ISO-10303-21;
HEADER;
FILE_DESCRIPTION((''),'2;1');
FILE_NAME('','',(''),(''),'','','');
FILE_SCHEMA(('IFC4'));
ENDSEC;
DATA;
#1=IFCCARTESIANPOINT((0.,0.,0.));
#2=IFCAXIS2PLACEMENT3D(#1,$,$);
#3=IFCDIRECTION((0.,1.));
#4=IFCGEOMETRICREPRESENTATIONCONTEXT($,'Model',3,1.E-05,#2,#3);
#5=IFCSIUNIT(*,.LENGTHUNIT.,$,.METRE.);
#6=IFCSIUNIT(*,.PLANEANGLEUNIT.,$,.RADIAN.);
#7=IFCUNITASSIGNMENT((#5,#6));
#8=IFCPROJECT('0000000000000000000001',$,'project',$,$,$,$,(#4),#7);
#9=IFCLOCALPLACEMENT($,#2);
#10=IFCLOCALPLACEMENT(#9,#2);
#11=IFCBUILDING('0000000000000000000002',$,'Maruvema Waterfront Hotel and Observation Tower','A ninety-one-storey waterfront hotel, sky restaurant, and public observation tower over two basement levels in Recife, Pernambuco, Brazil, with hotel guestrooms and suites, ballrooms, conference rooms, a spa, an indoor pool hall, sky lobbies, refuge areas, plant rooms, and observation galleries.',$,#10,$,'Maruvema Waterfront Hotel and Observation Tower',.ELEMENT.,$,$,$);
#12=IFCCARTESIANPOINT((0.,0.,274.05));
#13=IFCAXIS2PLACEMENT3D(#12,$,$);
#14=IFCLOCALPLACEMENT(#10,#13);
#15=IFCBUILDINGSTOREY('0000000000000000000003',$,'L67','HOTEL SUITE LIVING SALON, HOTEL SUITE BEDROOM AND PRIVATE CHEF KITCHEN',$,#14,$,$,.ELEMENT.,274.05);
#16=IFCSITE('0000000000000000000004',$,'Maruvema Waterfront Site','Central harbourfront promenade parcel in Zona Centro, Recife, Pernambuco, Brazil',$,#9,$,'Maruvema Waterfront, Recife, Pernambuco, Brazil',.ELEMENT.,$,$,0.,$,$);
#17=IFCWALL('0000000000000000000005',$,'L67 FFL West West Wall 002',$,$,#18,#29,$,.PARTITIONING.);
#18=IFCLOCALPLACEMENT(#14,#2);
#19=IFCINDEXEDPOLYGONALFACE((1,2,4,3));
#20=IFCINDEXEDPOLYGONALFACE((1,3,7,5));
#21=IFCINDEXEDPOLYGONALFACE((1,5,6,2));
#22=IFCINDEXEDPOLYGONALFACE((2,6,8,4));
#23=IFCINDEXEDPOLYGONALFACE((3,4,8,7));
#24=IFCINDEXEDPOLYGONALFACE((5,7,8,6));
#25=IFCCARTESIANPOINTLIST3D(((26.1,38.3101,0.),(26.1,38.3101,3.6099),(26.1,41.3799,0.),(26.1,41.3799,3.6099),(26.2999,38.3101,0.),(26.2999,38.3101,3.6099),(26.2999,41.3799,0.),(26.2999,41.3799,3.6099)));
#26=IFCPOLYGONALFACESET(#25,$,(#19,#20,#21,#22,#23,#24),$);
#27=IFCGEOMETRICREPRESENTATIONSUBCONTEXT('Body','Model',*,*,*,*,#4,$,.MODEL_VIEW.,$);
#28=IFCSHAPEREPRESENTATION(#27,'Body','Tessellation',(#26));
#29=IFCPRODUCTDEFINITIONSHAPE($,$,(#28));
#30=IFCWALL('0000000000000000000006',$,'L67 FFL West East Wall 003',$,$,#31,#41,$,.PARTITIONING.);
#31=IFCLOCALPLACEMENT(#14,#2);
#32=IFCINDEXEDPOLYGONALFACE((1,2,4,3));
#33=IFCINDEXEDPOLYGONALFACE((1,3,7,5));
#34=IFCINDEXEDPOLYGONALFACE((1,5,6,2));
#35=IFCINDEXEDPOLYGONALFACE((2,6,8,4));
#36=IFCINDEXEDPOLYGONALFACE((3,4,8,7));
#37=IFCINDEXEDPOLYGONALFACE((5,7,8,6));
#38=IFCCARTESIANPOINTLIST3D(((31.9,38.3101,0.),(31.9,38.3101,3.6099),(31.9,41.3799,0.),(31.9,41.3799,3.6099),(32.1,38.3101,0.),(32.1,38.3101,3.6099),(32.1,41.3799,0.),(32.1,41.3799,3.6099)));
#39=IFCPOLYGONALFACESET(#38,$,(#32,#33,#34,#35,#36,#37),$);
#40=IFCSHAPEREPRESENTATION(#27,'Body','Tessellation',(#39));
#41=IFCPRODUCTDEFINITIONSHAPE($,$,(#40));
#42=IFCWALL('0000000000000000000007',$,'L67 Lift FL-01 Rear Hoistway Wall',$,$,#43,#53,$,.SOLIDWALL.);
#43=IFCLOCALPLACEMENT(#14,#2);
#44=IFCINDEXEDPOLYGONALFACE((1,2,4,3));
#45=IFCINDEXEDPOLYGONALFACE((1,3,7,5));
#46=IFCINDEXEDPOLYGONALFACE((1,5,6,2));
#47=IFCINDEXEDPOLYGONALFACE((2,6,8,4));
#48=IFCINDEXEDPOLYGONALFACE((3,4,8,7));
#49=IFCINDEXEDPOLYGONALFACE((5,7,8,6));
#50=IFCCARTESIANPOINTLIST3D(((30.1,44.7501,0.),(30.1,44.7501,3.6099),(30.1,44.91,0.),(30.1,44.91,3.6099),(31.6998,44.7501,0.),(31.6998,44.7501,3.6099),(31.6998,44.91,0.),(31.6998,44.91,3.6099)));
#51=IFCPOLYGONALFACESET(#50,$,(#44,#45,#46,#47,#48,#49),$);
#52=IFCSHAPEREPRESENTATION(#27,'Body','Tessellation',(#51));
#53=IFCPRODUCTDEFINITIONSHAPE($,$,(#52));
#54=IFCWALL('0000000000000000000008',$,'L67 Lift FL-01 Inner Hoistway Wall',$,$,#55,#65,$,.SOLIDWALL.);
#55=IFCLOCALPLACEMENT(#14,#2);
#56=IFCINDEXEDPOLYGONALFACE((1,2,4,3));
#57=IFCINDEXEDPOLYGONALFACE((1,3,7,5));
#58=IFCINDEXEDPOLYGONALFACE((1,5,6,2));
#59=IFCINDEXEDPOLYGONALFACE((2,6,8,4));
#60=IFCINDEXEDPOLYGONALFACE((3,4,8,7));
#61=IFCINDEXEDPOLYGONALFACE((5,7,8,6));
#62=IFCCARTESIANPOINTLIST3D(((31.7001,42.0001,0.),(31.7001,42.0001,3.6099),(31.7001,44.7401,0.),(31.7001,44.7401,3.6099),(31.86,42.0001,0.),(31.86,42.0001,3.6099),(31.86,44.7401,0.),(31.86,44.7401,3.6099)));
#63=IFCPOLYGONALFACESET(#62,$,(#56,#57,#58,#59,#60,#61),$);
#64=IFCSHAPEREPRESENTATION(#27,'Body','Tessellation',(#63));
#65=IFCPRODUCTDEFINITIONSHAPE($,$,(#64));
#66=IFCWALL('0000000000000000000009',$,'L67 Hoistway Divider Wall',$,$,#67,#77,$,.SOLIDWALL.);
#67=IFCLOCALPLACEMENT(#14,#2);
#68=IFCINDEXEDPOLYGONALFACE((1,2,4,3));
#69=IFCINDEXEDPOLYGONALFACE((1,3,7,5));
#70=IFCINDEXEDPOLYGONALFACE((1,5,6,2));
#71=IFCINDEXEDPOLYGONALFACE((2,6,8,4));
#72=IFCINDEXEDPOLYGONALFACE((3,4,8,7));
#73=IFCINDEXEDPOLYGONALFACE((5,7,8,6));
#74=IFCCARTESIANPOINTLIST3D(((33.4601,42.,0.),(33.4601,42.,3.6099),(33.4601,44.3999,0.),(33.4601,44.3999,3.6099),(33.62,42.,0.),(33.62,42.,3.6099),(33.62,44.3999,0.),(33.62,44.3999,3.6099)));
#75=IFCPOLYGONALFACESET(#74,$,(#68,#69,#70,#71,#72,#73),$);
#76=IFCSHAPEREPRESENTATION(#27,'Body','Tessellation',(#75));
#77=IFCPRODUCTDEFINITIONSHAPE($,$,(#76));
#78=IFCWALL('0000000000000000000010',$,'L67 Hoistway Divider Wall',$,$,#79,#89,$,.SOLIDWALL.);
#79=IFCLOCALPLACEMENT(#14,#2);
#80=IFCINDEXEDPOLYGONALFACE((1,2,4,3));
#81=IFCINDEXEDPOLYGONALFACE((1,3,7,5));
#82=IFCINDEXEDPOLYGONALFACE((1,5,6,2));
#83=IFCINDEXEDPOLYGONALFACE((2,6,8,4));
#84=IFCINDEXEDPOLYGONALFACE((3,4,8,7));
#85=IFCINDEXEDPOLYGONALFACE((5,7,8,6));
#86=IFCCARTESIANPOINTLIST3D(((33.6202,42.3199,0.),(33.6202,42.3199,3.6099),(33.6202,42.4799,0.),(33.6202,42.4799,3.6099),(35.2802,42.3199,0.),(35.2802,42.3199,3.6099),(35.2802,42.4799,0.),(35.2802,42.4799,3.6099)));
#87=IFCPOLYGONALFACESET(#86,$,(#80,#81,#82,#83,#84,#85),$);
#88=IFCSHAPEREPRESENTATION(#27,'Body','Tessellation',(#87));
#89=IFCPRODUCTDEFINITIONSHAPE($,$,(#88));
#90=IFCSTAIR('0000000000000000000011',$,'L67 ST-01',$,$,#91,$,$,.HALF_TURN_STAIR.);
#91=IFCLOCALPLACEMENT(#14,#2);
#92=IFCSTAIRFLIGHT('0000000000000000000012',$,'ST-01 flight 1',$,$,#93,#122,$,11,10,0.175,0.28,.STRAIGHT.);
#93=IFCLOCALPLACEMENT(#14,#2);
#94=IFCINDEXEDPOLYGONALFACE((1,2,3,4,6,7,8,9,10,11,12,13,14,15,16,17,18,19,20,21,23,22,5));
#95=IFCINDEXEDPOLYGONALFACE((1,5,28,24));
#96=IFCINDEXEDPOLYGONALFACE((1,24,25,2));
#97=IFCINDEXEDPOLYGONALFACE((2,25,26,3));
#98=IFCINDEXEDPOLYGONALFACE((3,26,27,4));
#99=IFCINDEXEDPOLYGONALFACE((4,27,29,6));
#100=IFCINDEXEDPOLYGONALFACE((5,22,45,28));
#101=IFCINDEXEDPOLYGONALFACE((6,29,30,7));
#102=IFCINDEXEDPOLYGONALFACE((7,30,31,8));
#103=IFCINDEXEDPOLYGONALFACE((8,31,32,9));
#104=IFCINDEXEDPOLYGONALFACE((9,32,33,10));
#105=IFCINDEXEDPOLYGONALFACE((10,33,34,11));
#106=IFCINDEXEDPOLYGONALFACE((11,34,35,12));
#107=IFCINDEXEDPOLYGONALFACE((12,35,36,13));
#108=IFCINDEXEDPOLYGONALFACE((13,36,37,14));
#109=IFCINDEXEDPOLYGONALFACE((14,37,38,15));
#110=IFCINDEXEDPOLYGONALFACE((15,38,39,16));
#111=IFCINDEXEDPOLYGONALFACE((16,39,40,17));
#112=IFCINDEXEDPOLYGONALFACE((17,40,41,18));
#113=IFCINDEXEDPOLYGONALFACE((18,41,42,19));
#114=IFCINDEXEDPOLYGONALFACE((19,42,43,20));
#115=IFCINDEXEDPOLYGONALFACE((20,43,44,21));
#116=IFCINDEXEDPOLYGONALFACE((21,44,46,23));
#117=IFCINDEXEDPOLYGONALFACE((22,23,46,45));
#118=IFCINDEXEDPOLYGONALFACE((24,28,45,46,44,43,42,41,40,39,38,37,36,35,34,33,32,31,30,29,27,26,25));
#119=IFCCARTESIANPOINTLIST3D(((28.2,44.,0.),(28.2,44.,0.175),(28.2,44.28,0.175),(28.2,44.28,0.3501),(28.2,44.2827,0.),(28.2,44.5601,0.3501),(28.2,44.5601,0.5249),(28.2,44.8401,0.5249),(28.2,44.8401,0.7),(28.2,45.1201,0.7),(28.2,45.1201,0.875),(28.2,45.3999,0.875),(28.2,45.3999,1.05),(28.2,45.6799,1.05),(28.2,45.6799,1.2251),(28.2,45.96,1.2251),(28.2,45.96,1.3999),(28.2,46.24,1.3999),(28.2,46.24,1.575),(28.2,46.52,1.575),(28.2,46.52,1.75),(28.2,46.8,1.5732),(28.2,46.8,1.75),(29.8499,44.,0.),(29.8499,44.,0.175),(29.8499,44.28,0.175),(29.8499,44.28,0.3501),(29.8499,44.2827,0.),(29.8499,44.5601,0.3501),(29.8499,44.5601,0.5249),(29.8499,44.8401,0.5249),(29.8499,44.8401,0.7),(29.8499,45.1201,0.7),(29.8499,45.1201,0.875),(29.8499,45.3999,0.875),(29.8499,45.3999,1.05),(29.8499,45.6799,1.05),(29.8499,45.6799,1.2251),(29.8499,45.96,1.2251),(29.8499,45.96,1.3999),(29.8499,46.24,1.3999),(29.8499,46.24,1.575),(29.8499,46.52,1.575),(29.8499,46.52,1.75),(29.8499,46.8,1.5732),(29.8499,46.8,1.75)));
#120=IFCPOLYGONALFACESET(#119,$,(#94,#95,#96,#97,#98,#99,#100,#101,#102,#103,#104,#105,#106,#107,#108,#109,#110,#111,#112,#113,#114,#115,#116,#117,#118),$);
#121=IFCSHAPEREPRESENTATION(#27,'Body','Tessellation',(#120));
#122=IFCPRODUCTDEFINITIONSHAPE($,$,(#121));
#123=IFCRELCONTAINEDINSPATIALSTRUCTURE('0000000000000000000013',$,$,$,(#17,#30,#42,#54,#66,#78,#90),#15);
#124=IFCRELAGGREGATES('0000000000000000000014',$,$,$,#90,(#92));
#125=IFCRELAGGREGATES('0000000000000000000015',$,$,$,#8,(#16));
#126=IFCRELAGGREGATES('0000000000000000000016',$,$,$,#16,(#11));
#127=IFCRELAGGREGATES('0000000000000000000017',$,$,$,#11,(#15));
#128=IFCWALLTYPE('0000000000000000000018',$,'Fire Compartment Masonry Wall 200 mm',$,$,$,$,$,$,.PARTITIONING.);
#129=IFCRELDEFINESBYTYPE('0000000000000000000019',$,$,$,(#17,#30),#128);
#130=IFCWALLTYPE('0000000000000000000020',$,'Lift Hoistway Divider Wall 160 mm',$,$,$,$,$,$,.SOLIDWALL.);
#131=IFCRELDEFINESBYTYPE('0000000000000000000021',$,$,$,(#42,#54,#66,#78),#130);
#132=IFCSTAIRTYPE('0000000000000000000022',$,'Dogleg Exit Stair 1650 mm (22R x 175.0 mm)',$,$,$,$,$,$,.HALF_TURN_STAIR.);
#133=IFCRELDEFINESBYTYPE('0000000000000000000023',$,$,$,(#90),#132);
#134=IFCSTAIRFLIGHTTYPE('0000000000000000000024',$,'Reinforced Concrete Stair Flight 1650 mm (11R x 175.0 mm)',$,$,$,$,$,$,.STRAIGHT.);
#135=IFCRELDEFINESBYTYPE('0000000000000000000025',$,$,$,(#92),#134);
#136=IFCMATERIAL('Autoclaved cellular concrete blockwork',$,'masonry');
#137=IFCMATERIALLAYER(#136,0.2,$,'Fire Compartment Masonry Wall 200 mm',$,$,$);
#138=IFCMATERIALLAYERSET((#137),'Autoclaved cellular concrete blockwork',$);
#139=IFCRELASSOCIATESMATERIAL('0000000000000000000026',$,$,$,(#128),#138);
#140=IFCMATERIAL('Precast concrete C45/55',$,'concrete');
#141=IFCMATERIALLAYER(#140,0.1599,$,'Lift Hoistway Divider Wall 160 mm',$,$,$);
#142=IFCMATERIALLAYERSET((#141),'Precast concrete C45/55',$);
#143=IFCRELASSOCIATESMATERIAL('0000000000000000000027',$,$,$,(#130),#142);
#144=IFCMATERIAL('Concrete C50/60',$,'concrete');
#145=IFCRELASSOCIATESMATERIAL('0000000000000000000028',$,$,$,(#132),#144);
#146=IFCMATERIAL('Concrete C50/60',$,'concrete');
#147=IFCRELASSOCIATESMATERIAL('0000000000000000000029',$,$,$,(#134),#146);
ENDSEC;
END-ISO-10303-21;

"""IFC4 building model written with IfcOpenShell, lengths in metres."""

from ifc_helpers import new_model, si_unit, direction, frame, frame_2d, origin, place, context, subcontext, project, spatial, polyline, rectangle, outline, extrude, material, layer, layer_set, type_object, element, aggregate, save


model = new_model("IFC4")

# Units and contexts
model_context = context("Model", 3, precision=1e-05, world=origin(), true_north=direction((0.0, 1.0)))
body_context = subcontext(model_context, "Body", "Model", "MODEL_VIEW")
ifc_project = project(units=[si_unit("LENGTHUNIT", "METRE"), si_unit("PLANEANGLEUNIT", "RADIAN")], contexts=[model_context])

# Site, building, storey
site_placement = place(None, origin())
site = spatial("IfcSite", under=ifc_project, at=site_placement, Name="Maruvema Waterfront Site", Description="Central harbourfront promenade parcel in Zona Centro, Recife, Pernambuco, Brazil", LongName="Maruvema Waterfront, Recife, Pernambuco, Brazil", CompositionType="ELEMENT", RefElevation=0.0)
building_placement = place(site_placement, origin())
building = spatial("IfcBuilding", under=site, at=building_placement, Name="Maruvema Waterfront Hotel and Observation Tower", Description="A ninety-one-storey waterfront hotel, sky restaurant, and public observation tower over two basement levels in Recife, Pernambuco, Brazil, with hotel guestrooms and suites, ballrooms, conference rooms, a spa, an indoor pool hall, sky lobbies, refuge areas, plant rooms, and observation galleries.", LongName="Maruvema Waterfront Hotel and Observation Tower", CompositionType="ELEMENT")
storey_placement = place(building_placement, frame((0.0, 0.0, 274.05)))
storey = spatial("IfcBuildingStorey", under=building, at=storey_placement, Name="L67", Description="HOTEL SUITE LIVING SALON, HOTEL SUITE BEDROOM AND PRIVATE CHEF KITCHEN", CompositionType="ELEMENT", Elevation=274.05)

# Shared definitions
ifc_material_1 = material(Name="Autoclaved cellular concrete blockwork", Category="masonry")
ifc_layer_1 = layer(ifc_material_1, 0.2, Name="Fire Compartment Masonry Wall 200 mm")
ifc_layer_set_1 = layer_set([ifc_layer_1], Name="Autoclaved cellular concrete blockwork")
wall_type_1 = type_object("IfcWallType", Name="Fire Compartment Masonry Wall 200 mm", PredefinedType="PARTITIONING", material=ifc_layer_set_1)

# Walls
for number, where, z_axis, x_axis, name in (
    (1, (26.2, 38.3101, 0.0), (0.0, 0.0, 1.0), (0.0, 1.0, 0.0), "L67 FFL West West Wall 002"),
    (2, (32.0, 38.3101, 0.0), (0.0, 0.0, 1.0), (0.0, 1.0, 0.0), "L67 FFL West East Wall 003"),
):
    element("IfcWall", number, at=place(storey_placement, frame(where, z_axis=z_axis, x_axis=x_axis)), inside=storey, type_object=wall_type_1, Name=name, PredefinedType="PARTITIONING", context=body_context, shape_type="SweptSolid", body=[
        extrude(rectangle(XDim=3.0698, YDim=0.2, at=frame_2d((1.5349, 0.0))), origin(), (0.0, 0.0, 1.0), 3.6099),
    ])
ifc_material_2 = material(Name="Precast concrete C45/55", Category="concrete")
ifc_layer_2 = layer(ifc_material_2, 0.1599, Name="Lift Hoistway Divider Wall 160 mm")
ifc_layer_set_2 = layer_set([ifc_layer_2], Name="Precast concrete C45/55")
wall_type_2 = type_object("IfcWallType", Name="Lift Hoistway Divider Wall 160 mm", PredefinedType="SOLIDWALL", material=ifc_layer_set_2)
wall_1_placement = place(storey_placement, frame((30.1001, 44.8301, 0.0), z_axis=(0.0, 0.0, 1.0), x_axis=(1.0, 0.0, 0.0)))
element("IfcWall", 3, at=wall_1_placement, inside=storey, type_object=wall_type_2, Name="L67 Lift FL-01 Rear Hoistway Wall", PredefinedType="SOLIDWALL", context=body_context, shape_type="SweptSolid", body=[
    extrude(rectangle(XDim=1.5999, YDim=0.1599, at=frame_2d((0.7998, 0.0))), origin(), (0.0, 0.0, 1.0), 3.6099),
])
wall_2_placement = place(storey_placement, frame((31.78, 42.0, 0.0), z_axis=(0.0, 0.0, 1.0), x_axis=(0.0, 1.0, 0.0)))
element("IfcWall", 4, at=wall_2_placement, inside=storey, type_object=wall_type_2, Name="L67 Lift FL-01 Inner Hoistway Wall", PredefinedType="SOLIDWALL", context=body_context, shape_type="SweptSolid", body=[
    extrude(rectangle(XDim=2.74, YDim=0.1599, at=frame_2d((1.3701, 0.0))), origin(), (0.0, 0.0, 1.0), 3.6099),
])
wall_3_placement = place(storey_placement, frame((33.54, 42.0, 0.0), z_axis=(0.0, 0.0, 1.0), x_axis=(0.0, 1.0, 0.0)))
element("IfcWall", 5, at=wall_3_placement, inside=storey, type_object=wall_type_2, Name="L67 Hoistway Divider Wall", PredefinedType="SOLIDWALL", context=body_context, shape_type="SweptSolid", body=[
    extrude(rectangle(XDim=2.3999, YDim=0.1599, at=frame_2d((1.2, 0.0))), origin(), (0.0, 0.0, 1.0), 3.6099),
])
wall_4_placement = place(storey_placement, frame((33.6201, 42.3999, 0.0), z_axis=(0.0, 0.0, 1.0), x_axis=(1.0, 0.0, 0.0)))
element("IfcWall", 6, at=wall_4_placement, inside=storey, type_object=wall_type_2, Name="L67 Hoistway Divider Wall", PredefinedType="SOLIDWALL", context=body_context, shape_type="SweptSolid", body=[
    extrude(rectangle(XDim=1.6599, YDim=0.1599, at=frame_2d((0.8301, 0.0))), origin(), (0.0, 0.0, 1.0), 3.6099),
])

# Stair, stair flight
ifc_material_3 = material(Name="Concrete C50/60", Category="concrete")
stair_type = type_object("IfcStairType", Name="Dogleg Exit Stair 1650 mm (22R x 175.0 mm)", PredefinedType="HALF_TURN_STAIR", material=ifc_material_3)
stair_placement = place(storey_placement, origin())
stair = element("IfcStair", 7, at=stair_placement, inside=storey, type_object=stair_type, Name="L67 ST-01", PredefinedType="HALF_TURN_STAIR")
ifc_material_4 = material(Name="Concrete C50/60", Category="concrete")
stair_flight_type = type_object("IfcStairFlightType", Name="Reinforced Concrete Stair Flight 1650 mm (11R x 175.0 mm)", PredefinedType="STRAIGHT", material=ifc_material_4)
stair_flight_placement = place(storey_placement, frame((29.0249, 44.0, 0.0), z_axis=(0.0, 0.0, 1.0), x_axis=(0.0, 1.0, 0.0)))
stair_flight = element("IfcStairFlight", 8, at=stair_flight_placement, type_object=stair_flight_type, Name="ST-01 flight 1", NumberOfRisers=11, NumberOfTreads=10, PredefinedType="STRAIGHT", RiserHeight=0.175, TreadLength=0.28, context=body_context, shape_type="SweptSolid", body=[
    extrude(outline(polyline([(0.0, 0.0), (0.0, 0.175), (0.28, 0.175), (0.28, 0.3501), (0.5601, 0.3501), (0.5601, 0.5249), (0.8401, 0.5249), (0.8401, 0.7), (1.1201, 0.7), (1.1201, 0.875), (1.3999, 0.875), (1.3999, 1.05), (1.6799, 1.05), (1.6799, 1.2251), (1.96, 1.2251), (1.96, 1.3999), (2.24, 1.3999), (2.24, 1.575), (2.52, 1.575), (2.52, 1.75), (2.8, 1.75), (2.8, 1.925), (2.8, 1.5732), (0.2827, 0.0), (0.0, 0.0)])), frame((0.0, 0.825, 0.0), z_axis=(0.0, -1.0, 0.0), x_axis=(1.0, 0.0, 0.0)), (0.0, 0.0, 1.0), 1.6499),
])
aggregate(stair, [stair_flight])

save(model, "model.ifc")
